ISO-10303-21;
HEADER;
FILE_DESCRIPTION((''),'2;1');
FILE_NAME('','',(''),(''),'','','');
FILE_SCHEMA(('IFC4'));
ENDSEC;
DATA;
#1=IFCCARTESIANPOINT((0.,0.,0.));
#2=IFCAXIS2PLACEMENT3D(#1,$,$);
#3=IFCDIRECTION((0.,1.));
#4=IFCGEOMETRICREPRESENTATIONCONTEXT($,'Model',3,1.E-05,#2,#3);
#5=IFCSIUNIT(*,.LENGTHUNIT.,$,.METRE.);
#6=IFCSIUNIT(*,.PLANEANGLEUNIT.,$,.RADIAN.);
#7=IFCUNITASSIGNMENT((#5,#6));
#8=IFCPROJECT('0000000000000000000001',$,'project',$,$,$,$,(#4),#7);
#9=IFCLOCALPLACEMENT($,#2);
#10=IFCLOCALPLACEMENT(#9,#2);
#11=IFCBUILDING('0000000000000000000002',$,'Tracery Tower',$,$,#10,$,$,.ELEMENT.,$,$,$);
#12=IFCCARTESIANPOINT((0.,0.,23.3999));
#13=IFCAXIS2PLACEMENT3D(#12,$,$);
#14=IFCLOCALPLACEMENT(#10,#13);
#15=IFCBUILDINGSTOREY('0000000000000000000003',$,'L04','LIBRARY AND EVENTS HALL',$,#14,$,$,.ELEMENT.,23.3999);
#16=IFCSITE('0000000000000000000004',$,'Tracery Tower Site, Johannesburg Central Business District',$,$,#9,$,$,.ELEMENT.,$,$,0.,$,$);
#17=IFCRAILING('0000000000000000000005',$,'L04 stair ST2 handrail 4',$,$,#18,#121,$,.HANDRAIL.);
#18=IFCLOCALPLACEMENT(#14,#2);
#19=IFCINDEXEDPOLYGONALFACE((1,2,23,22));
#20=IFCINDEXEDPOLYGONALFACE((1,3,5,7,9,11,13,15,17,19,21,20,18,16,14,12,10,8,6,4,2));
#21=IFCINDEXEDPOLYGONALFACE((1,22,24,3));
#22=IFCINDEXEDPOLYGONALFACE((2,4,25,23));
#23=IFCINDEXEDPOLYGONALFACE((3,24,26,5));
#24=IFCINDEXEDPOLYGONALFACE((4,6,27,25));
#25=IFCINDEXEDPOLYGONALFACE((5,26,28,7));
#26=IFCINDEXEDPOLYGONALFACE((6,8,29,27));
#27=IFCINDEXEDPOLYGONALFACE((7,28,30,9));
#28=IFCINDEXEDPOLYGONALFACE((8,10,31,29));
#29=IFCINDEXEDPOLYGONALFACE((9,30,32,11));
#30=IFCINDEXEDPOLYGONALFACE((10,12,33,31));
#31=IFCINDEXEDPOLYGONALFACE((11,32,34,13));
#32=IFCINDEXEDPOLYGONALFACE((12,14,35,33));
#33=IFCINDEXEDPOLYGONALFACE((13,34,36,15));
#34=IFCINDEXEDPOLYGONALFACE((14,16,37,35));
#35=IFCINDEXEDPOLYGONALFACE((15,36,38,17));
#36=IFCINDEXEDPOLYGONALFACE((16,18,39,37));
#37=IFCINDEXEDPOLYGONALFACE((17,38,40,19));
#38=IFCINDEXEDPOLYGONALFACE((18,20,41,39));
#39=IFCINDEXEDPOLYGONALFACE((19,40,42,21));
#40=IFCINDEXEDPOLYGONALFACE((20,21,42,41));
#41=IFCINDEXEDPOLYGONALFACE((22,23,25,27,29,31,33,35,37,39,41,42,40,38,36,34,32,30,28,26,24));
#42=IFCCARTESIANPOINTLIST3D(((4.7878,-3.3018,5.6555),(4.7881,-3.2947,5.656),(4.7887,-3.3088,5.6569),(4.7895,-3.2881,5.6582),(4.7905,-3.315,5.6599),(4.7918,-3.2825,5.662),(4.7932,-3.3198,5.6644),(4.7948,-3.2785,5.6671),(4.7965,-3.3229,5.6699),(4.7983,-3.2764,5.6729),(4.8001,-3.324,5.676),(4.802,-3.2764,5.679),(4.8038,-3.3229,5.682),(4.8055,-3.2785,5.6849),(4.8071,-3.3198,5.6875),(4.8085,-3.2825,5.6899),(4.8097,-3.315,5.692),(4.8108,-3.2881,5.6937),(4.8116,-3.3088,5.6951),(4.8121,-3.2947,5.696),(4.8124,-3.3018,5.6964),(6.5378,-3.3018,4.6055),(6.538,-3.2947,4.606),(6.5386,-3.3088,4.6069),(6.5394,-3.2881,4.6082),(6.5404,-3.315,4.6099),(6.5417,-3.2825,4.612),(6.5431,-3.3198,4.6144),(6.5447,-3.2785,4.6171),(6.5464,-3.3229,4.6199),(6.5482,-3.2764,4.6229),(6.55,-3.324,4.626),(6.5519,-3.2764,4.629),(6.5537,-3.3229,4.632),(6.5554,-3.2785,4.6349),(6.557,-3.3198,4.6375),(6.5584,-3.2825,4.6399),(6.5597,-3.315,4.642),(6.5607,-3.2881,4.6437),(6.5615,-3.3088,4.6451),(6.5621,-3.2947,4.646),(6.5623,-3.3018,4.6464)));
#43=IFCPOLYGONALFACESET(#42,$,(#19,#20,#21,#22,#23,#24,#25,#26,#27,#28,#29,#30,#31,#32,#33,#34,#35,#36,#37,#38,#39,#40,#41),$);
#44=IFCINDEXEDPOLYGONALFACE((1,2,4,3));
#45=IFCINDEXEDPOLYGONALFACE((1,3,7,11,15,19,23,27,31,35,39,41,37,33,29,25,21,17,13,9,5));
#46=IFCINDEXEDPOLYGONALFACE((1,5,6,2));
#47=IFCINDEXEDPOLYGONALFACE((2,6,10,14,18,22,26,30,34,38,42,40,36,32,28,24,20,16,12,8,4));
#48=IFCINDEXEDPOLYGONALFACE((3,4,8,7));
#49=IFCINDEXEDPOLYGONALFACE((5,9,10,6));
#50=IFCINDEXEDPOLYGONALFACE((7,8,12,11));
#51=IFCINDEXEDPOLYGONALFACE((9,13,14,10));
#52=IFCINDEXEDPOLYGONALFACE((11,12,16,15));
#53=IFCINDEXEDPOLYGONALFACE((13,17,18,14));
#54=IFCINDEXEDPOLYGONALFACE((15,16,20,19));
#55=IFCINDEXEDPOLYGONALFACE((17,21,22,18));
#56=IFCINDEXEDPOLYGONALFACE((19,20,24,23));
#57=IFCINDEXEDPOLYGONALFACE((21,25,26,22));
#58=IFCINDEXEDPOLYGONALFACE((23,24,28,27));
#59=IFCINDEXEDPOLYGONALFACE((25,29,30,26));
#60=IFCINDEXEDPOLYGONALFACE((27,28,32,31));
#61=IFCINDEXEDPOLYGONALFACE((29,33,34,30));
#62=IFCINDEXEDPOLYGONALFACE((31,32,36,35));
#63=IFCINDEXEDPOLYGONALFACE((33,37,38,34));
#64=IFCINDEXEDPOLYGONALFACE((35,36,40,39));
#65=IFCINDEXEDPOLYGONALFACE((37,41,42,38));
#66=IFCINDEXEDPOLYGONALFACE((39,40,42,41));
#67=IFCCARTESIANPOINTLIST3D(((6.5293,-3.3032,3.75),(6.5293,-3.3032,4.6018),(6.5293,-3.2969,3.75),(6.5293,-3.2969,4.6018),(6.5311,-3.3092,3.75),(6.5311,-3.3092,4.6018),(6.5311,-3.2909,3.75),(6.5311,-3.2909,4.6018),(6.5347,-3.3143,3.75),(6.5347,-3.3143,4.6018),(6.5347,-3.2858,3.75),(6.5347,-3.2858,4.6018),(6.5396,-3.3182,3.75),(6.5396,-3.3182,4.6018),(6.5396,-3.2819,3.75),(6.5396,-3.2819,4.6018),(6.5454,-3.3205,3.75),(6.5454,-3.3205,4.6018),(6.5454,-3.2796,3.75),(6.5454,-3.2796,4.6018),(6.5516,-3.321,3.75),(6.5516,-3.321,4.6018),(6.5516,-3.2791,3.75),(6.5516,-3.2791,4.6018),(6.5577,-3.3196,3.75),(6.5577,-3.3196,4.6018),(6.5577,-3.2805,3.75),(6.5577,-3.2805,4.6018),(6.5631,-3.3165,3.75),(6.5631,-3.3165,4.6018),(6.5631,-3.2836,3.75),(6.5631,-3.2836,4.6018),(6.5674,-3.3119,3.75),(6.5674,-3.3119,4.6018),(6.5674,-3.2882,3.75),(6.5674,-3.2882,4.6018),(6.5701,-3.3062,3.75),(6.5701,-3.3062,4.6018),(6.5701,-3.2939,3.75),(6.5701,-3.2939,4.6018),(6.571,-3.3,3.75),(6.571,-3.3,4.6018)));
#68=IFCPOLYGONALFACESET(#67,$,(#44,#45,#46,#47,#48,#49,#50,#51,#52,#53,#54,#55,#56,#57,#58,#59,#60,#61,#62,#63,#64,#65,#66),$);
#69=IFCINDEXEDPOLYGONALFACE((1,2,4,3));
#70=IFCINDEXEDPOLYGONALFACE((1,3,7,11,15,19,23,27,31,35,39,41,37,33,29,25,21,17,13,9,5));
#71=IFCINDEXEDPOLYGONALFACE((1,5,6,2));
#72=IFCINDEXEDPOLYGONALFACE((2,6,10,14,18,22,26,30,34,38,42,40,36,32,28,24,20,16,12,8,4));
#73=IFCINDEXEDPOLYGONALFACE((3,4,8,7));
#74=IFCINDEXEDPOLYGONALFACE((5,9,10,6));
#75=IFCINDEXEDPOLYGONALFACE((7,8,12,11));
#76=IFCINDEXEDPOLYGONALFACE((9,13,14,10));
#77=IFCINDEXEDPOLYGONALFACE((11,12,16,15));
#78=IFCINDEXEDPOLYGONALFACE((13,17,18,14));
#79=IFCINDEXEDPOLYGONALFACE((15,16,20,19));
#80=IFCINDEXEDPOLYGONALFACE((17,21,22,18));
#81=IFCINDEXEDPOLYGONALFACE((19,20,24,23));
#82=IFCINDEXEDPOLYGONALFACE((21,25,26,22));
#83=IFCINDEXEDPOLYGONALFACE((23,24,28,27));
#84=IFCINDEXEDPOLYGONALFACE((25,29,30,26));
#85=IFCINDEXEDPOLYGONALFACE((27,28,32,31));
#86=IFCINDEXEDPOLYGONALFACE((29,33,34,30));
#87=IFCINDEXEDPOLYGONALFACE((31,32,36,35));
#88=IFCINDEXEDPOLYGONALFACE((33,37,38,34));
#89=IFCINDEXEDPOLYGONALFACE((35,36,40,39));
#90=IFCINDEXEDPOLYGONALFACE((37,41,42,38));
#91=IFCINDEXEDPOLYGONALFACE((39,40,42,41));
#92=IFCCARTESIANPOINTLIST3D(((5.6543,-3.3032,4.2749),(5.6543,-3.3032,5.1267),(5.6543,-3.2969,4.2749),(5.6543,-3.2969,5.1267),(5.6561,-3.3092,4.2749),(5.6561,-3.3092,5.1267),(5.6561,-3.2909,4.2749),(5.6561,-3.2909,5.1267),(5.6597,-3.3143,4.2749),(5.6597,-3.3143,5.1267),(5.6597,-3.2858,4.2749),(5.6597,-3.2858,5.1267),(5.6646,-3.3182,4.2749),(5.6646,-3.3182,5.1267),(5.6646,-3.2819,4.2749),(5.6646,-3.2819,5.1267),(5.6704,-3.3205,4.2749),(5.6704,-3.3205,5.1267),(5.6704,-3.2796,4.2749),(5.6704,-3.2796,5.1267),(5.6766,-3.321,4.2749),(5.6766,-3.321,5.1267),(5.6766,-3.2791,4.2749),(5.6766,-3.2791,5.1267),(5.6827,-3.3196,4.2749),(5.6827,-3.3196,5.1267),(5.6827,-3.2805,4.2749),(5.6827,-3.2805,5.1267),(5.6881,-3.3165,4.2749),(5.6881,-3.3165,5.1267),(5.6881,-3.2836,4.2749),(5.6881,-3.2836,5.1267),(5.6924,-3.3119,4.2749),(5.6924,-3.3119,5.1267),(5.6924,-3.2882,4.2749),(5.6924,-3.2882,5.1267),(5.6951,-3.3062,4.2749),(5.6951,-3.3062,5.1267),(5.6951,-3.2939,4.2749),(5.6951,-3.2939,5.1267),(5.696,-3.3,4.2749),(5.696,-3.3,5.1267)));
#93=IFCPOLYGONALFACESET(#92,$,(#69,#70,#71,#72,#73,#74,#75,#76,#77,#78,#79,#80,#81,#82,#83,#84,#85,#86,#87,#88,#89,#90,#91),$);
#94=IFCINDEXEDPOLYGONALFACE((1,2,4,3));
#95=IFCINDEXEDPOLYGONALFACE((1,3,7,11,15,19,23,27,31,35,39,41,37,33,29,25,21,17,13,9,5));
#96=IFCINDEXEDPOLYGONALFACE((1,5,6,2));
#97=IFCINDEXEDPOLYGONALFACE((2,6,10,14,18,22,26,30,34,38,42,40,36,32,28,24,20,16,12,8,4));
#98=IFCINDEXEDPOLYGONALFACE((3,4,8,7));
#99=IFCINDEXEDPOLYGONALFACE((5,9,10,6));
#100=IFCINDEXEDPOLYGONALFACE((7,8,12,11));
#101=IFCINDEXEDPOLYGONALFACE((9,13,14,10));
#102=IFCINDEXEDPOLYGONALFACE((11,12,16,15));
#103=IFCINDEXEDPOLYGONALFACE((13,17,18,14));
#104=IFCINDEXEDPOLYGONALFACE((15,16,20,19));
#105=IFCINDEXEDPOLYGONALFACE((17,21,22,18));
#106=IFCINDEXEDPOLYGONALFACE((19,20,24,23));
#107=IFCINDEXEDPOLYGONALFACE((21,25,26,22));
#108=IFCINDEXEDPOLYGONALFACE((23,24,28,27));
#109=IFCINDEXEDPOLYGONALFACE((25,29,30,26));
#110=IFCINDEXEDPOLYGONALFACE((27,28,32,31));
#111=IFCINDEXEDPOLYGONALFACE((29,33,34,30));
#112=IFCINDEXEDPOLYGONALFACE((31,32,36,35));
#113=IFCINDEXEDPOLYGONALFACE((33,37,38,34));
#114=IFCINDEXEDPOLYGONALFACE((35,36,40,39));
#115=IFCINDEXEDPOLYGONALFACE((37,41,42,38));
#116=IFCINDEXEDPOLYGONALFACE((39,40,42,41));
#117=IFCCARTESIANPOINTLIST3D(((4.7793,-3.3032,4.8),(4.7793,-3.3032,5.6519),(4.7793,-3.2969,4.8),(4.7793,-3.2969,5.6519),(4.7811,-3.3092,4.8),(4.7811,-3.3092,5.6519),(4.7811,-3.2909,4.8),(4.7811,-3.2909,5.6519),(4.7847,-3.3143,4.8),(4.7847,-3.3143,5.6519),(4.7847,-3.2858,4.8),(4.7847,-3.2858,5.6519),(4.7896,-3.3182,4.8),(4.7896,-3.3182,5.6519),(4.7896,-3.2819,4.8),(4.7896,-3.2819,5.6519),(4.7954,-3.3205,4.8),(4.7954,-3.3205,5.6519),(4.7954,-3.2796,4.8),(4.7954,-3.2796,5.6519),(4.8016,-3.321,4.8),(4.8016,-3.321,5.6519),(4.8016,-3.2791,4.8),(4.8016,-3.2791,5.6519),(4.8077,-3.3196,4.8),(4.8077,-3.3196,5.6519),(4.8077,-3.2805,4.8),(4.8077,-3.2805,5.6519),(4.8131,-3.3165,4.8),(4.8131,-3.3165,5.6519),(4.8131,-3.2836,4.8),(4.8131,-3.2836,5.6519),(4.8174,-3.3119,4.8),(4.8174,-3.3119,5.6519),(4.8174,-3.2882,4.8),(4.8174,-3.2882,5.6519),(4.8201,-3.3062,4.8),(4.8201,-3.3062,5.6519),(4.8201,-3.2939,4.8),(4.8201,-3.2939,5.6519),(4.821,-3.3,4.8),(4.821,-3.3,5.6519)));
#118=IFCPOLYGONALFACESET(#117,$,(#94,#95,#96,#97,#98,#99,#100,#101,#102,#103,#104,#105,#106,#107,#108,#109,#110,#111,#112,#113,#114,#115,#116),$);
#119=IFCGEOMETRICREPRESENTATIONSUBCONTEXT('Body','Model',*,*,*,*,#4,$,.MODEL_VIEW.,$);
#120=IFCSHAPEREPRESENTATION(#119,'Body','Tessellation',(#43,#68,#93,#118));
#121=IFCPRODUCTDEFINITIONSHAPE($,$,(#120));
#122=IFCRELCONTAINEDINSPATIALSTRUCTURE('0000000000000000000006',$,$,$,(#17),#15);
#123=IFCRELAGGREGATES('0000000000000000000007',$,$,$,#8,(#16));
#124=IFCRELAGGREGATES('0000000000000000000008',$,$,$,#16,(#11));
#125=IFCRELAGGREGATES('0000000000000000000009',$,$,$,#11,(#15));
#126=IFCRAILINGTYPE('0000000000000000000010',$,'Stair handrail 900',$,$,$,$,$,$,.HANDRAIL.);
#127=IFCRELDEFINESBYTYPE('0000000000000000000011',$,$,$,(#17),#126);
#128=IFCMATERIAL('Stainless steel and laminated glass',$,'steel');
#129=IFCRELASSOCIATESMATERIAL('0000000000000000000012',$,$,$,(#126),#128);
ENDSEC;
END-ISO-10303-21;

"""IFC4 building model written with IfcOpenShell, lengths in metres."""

from ifc_helpers import new_model, si_unit, direction, frame, origin, origin_2d, place, context, subcontext, project, spatial, circle, extrude, material, type_object, element, save


model = new_model("IFC4")

# Units and contexts
model_context = context("Model", 3, precision=1e-05, world=origin(), true_north=direction((0.0, 1.0)))
body_context = subcontext(model_context, "Body", "Model", "MODEL_VIEW")
ifc_project = project(units=[si_unit("LENGTHUNIT", "METRE"), si_unit("PLANEANGLEUNIT", "RADIAN")], contexts=[model_context])

# Site, building, storey
site_placement = place(None, origin())
site = spatial("IfcSite", under=ifc_project, at=site_placement, Name="Tracery Tower Site, Johannesburg Central Business District", CompositionType="ELEMENT", RefElevation=0.0)
building_placement = place(site_placement, origin())
building = spatial("IfcBuilding", under=site, at=building_placement, Name="Tracery Tower", CompositionType="ELEMENT")
storey_placement = place(building_placement, frame((0.0, 0.0, 23.3999)))
storey = spatial("IfcBuildingStorey", under=building, at=storey_placement, Name="L04", Description="LIBRARY AND EVENTS HALL", CompositionType="ELEMENT", Elevation=23.3999)

# Railing
ifc_material_1 = material(Name="Stainless steel and laminated glass", Category="steel")
railing_type_1 = type_object("IfcRailingType", Name="Stair handrail 900", PredefinedType="HANDRAIL", material=ifc_material_1)
railing_1_placement = place(storey_placement, frame((6.55, -3.3, 3.75)))
element("IfcRailing", 1, at=railing_1_placement, inside=storey, type_object=railing_type_1, Name="L04 stair ST2 handrail 4", PredefinedType="HANDRAIL", context=body_context, shape_type="SweptSolid", body=[
    extrude(circle(Radius=0.0239, at=origin_2d()), frame((0.0, 0.0, 0.876), z_axis=(-0.857482, 0.0, 0.514513), x_axis=(0.0, -1.0, 0.0)), (0.0, 0.0, 1.0), 2.0408),
    extrude(circle(Radius=0.021, at=origin_2d()), origin(), (0.0, 0.0, 1.0), 0.8518),
    extrude(circle(Radius=0.021, at=origin_2d()), frame((-0.875, 0.0, 0.5249)), (0.0, 0.0, 1.0), 0.8518),
    extrude(circle(Radius=0.021, at=origin_2d()), frame((-1.75, 0.0, 1.05)), (0.0, 0.0, 1.0), 0.8518),
])

save(model, "model.ifc")
